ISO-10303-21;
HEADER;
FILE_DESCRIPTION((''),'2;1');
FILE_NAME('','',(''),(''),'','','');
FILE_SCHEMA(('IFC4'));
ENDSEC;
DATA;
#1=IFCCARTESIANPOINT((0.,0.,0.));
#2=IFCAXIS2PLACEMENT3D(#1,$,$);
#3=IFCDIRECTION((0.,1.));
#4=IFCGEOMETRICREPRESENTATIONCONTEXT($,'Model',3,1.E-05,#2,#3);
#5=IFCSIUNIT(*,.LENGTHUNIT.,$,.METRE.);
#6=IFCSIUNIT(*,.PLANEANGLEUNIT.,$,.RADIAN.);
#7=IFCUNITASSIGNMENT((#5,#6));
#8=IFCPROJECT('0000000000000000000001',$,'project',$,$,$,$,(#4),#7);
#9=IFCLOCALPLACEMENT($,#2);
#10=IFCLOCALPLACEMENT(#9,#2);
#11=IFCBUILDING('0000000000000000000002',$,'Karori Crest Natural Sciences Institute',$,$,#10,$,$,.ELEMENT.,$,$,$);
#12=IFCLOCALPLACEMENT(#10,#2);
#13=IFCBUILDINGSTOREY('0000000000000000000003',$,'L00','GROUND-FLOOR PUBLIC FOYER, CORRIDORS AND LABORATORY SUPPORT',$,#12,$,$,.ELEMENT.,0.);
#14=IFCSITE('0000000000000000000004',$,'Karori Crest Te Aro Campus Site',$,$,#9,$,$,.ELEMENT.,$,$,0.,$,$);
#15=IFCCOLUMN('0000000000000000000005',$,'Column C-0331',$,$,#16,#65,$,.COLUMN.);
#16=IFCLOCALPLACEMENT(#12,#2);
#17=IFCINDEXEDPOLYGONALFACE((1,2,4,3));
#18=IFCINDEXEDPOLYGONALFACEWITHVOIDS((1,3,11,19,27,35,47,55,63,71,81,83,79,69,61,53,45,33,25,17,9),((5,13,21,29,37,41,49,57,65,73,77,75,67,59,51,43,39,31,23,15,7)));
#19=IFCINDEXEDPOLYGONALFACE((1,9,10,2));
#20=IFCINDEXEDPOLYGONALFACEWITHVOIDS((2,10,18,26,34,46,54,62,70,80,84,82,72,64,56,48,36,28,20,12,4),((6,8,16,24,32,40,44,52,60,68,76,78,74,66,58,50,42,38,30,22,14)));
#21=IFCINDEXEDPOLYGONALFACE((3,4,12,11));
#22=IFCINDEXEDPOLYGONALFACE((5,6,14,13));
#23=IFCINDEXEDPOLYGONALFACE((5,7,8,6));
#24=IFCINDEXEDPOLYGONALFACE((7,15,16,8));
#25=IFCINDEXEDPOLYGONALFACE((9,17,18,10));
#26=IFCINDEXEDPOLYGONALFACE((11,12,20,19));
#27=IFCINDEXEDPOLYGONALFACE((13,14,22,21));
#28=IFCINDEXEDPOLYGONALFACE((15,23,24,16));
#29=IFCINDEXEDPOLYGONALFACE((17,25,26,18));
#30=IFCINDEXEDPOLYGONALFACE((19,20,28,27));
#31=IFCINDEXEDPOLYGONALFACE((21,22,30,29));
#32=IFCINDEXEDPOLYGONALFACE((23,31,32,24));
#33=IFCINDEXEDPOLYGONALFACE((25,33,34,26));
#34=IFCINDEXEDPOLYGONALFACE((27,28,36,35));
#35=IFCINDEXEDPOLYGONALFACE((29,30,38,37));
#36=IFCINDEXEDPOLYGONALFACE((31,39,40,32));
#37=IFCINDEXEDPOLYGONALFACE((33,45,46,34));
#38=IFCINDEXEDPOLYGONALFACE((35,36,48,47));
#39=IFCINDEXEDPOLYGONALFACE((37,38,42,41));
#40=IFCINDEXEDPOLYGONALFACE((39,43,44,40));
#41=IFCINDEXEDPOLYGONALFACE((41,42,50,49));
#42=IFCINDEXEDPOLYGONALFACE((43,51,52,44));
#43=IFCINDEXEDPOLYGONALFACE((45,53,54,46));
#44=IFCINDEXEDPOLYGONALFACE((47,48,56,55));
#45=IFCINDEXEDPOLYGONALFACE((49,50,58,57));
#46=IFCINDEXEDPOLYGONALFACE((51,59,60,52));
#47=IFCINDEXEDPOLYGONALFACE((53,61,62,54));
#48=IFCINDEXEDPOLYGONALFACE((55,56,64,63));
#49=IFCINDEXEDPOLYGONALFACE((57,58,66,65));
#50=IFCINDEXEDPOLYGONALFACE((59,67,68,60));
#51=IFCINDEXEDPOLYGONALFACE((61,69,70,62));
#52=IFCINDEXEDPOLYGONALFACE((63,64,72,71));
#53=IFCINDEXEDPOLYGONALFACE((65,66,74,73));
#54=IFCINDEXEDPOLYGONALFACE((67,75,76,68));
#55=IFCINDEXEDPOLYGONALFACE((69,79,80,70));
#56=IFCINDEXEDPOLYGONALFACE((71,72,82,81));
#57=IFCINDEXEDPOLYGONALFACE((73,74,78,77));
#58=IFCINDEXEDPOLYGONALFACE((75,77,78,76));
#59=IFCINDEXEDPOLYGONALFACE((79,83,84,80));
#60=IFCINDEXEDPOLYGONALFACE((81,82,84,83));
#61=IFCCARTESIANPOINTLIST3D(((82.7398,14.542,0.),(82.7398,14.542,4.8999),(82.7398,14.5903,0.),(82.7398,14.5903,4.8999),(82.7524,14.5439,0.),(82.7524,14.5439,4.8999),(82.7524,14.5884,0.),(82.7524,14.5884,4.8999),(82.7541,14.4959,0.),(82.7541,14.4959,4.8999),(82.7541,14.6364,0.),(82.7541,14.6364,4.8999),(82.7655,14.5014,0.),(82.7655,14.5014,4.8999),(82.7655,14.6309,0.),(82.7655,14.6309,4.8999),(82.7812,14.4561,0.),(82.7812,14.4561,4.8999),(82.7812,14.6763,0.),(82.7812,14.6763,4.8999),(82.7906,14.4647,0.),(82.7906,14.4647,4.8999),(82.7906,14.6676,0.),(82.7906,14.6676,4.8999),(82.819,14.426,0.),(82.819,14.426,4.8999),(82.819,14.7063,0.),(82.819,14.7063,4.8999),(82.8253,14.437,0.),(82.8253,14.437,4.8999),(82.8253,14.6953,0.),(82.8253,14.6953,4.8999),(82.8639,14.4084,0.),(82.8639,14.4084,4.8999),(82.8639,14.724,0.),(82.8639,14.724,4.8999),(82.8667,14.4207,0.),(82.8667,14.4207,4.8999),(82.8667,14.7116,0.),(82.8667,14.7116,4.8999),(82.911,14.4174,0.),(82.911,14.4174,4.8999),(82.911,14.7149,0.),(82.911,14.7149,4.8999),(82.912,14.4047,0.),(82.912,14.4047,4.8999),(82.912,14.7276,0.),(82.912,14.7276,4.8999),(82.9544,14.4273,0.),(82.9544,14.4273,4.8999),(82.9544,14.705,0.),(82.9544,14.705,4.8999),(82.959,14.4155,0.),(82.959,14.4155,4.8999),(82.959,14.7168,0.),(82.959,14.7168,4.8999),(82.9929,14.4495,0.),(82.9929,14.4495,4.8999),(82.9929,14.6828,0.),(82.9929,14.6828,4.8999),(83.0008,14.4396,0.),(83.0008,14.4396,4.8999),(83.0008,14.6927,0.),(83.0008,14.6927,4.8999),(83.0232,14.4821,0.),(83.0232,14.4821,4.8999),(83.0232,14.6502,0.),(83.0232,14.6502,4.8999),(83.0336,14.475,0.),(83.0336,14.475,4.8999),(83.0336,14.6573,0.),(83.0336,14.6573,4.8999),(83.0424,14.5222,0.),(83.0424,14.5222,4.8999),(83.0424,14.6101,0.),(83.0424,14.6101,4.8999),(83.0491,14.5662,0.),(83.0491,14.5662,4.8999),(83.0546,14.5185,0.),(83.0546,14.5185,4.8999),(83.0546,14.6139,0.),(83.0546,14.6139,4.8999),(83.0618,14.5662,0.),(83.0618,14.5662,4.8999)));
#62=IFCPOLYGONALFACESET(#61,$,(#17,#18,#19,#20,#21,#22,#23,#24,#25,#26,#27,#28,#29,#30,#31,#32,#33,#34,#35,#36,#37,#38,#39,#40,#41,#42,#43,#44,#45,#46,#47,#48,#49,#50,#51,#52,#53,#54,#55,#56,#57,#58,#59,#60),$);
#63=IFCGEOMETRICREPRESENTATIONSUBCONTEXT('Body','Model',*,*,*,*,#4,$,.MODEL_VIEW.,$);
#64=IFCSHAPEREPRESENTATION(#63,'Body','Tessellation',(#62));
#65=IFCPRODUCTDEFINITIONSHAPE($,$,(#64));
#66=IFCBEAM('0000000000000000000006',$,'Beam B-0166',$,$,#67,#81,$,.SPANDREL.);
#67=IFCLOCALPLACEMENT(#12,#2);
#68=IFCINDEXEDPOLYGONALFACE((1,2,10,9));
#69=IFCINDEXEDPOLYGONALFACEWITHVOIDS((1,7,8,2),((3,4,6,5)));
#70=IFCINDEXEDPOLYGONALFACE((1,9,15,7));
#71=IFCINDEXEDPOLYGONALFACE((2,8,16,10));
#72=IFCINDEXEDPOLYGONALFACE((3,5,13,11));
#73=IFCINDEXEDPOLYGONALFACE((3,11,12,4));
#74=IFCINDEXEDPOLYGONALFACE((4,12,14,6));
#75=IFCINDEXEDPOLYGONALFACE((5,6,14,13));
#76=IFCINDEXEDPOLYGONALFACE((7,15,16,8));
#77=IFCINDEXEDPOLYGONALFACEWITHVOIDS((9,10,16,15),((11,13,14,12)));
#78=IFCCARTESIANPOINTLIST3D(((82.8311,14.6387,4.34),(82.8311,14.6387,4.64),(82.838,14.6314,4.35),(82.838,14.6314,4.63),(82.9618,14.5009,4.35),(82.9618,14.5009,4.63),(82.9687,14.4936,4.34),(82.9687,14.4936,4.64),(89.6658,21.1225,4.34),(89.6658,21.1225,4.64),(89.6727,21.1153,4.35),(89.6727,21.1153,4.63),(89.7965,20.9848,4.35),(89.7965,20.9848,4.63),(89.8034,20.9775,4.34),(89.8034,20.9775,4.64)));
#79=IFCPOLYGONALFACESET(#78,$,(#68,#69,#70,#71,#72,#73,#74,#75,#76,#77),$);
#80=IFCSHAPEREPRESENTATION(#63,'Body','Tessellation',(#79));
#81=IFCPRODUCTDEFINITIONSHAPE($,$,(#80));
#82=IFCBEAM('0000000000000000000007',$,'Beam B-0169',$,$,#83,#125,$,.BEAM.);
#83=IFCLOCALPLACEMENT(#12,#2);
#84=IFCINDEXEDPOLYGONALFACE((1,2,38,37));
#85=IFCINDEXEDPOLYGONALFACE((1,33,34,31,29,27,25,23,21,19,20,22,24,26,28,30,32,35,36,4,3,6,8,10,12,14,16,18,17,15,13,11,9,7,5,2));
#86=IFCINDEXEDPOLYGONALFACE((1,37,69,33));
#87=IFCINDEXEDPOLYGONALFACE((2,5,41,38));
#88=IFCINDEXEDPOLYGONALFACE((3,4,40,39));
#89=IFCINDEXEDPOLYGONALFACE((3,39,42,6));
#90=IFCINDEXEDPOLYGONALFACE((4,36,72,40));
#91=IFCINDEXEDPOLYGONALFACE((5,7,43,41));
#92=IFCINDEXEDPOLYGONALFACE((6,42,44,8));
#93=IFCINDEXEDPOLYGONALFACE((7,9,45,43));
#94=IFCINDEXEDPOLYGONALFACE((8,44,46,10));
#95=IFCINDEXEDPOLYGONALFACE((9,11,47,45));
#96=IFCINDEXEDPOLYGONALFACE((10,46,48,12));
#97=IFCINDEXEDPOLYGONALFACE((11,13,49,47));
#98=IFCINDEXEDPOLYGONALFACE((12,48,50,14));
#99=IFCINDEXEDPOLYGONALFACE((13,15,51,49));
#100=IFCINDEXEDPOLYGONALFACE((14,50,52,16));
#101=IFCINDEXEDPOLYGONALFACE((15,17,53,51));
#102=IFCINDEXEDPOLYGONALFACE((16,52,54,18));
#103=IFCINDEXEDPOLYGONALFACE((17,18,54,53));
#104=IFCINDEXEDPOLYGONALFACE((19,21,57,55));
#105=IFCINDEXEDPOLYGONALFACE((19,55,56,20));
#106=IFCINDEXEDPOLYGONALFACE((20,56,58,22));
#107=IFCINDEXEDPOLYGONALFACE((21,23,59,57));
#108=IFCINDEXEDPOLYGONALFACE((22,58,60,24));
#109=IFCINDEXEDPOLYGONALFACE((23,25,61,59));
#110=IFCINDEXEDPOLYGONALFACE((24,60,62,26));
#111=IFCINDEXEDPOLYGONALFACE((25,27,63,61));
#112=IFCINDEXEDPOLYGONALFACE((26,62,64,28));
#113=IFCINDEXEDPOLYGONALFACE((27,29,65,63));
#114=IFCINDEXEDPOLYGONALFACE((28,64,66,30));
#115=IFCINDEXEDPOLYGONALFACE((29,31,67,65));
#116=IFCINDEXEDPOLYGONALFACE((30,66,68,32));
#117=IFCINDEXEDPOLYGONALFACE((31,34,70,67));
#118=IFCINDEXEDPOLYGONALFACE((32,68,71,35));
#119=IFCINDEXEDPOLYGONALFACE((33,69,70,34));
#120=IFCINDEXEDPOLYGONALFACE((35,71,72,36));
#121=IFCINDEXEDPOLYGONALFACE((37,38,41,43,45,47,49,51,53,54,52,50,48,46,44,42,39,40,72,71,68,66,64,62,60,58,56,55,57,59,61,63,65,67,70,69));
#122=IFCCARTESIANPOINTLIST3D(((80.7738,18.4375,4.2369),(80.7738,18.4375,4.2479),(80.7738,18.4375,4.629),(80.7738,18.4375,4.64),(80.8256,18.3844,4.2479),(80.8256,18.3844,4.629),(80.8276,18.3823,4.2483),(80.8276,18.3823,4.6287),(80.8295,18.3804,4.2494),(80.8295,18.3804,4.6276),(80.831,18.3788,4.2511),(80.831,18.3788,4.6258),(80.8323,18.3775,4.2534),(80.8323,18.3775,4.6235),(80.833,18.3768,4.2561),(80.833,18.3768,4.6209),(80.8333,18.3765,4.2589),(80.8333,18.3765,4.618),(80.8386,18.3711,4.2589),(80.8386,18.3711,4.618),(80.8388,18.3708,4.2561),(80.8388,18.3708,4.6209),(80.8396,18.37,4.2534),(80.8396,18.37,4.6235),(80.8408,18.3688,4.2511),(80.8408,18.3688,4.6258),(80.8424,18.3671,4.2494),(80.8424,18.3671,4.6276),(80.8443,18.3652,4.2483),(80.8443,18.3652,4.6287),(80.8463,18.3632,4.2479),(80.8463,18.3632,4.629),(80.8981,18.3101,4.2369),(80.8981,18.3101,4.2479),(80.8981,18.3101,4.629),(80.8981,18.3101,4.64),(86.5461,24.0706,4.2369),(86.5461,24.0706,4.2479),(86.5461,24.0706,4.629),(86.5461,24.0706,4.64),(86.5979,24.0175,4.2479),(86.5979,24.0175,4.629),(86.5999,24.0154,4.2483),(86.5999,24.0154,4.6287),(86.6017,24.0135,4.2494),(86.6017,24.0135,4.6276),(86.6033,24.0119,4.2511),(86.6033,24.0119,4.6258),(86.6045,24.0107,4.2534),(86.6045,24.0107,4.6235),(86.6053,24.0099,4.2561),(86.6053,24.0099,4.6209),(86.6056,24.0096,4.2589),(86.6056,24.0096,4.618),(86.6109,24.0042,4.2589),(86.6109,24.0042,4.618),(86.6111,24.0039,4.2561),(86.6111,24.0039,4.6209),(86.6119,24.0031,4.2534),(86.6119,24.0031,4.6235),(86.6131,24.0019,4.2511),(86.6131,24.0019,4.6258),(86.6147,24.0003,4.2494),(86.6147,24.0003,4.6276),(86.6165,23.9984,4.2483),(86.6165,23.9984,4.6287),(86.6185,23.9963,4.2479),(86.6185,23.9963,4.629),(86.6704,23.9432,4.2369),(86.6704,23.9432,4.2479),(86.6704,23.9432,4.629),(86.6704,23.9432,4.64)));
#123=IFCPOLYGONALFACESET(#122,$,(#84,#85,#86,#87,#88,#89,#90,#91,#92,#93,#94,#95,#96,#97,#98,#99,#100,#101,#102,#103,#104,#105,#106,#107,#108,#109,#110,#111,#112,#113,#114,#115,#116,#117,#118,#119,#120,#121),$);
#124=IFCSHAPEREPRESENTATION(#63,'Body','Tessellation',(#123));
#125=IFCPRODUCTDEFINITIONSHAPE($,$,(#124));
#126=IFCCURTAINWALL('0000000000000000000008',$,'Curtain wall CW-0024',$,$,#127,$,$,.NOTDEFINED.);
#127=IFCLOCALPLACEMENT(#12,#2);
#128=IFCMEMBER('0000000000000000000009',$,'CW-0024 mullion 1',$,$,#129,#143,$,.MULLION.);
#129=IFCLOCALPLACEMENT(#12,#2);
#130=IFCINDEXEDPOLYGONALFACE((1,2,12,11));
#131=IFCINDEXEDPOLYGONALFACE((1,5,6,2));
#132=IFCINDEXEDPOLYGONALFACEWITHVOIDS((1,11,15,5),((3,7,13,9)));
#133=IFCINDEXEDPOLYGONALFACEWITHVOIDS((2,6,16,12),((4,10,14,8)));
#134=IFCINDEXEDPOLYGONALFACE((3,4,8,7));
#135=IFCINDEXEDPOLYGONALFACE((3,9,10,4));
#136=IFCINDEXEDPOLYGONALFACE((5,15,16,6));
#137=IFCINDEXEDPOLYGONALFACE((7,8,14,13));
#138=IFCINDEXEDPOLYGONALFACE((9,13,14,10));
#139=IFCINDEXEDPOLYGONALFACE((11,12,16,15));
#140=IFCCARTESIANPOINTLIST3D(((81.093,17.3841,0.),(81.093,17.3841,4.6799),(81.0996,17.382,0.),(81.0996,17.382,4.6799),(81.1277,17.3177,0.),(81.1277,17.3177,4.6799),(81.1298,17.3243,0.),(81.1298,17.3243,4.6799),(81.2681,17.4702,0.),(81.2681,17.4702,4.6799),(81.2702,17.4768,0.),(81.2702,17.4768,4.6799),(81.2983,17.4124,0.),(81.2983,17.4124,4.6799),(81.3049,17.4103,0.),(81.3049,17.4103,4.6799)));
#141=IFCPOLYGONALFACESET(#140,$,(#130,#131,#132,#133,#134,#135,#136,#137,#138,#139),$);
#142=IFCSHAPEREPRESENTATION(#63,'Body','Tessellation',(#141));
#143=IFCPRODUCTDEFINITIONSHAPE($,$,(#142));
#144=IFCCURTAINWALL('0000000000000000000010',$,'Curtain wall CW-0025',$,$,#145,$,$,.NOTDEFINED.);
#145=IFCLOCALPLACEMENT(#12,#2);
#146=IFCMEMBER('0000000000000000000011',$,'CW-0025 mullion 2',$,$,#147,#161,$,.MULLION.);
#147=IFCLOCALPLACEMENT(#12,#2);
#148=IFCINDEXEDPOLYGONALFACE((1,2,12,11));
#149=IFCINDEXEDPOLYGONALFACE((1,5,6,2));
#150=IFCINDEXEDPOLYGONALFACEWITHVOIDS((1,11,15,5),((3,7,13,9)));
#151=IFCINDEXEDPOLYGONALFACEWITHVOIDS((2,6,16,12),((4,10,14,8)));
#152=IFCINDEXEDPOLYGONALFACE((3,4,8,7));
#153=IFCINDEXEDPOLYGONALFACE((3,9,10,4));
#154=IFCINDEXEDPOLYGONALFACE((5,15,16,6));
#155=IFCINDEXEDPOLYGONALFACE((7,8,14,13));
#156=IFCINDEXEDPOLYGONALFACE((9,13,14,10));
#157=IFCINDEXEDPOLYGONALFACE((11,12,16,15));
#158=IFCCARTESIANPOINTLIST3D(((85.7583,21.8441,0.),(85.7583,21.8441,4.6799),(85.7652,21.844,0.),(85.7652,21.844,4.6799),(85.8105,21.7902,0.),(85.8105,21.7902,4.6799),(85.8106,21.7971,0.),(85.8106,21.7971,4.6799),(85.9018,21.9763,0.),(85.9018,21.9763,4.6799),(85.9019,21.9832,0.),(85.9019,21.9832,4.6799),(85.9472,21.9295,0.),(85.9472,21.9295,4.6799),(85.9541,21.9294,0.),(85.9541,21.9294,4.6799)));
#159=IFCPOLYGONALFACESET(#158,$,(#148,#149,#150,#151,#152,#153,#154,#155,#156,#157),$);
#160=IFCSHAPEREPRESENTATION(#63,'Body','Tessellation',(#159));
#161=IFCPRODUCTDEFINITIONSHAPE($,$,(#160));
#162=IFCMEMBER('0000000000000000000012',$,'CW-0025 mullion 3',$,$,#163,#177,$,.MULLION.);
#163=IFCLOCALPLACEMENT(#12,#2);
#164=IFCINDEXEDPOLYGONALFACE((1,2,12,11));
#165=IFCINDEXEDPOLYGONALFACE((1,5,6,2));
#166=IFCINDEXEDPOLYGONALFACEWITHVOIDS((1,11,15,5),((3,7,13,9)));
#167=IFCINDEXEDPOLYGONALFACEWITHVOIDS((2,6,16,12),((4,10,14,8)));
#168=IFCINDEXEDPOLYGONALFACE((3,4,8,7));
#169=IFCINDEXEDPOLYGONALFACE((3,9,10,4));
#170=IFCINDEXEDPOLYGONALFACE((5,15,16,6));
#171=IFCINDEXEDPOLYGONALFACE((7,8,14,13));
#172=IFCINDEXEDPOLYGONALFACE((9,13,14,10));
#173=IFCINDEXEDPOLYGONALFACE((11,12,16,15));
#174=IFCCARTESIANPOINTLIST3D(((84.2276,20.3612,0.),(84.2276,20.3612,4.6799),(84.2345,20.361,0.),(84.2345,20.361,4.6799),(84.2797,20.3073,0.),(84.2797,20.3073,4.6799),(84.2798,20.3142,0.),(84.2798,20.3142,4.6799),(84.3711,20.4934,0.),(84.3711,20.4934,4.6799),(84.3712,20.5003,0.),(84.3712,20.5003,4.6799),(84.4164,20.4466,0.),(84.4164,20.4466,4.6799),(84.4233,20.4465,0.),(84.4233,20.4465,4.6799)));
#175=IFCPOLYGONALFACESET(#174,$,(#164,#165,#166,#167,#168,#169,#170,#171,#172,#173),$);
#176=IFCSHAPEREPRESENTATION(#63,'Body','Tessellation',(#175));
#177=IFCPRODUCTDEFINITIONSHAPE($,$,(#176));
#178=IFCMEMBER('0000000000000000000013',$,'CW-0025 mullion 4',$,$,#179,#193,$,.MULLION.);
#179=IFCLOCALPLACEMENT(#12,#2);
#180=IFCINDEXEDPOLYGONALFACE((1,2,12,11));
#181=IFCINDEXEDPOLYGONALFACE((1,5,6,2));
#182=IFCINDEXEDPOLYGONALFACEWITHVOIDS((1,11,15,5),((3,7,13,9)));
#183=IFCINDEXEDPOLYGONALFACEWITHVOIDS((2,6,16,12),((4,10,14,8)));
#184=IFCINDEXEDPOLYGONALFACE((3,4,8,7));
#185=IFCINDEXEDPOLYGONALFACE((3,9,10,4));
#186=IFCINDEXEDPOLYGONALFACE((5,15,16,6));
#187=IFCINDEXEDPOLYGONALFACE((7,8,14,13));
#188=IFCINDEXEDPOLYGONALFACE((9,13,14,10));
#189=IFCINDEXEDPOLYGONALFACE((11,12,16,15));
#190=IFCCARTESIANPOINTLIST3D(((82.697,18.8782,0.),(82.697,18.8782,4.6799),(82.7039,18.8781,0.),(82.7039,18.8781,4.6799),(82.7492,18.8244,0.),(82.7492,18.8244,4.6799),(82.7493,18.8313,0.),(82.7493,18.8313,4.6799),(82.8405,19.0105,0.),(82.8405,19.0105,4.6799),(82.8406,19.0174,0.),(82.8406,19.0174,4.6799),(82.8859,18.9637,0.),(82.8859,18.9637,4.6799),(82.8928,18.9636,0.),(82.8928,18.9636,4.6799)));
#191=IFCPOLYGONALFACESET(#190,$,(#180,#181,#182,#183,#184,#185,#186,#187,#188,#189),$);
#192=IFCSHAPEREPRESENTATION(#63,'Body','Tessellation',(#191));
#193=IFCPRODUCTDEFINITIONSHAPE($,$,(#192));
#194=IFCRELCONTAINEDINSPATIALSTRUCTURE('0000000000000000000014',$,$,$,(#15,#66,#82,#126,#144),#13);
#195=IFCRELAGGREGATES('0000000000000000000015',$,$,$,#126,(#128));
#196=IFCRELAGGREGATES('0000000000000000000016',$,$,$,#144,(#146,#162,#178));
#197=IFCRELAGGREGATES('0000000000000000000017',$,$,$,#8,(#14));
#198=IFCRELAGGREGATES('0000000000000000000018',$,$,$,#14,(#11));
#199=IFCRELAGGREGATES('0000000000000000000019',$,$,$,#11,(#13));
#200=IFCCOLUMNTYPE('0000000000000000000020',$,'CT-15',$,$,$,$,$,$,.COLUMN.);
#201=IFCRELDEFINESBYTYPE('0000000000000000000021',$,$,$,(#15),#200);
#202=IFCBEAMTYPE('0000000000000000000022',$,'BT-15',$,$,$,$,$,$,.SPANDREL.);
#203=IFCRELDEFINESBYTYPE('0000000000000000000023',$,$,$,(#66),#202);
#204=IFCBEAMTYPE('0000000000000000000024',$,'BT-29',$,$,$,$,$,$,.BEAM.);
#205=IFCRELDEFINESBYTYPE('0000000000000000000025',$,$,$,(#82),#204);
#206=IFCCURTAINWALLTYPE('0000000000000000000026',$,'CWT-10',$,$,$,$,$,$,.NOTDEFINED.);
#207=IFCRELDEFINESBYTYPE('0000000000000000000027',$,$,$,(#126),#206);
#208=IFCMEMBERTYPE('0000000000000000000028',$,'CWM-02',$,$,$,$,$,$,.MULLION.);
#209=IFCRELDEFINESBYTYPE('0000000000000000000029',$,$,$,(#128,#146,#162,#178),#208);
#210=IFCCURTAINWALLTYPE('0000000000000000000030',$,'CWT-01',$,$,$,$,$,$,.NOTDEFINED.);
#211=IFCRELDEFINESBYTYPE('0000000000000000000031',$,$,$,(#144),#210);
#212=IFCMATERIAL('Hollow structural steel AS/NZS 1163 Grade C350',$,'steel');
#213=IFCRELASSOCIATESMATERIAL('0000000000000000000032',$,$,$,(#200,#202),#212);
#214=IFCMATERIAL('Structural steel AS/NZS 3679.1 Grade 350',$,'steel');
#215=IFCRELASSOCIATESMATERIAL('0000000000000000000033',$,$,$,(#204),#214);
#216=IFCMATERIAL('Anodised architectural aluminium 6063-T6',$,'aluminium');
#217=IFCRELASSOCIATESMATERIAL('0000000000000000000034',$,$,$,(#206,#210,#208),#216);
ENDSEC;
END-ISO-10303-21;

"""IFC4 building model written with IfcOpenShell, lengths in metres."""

from ifc_helpers import new_model, si_unit, direction, frame, origin, origin_2d, place, context, subcontext, project, spatial, hollow_rectangle, hollow_circle, i_section, extrude, material, material_profile, profile_set, type_object, element, aggregate, save


model = new_model("IFC4")

# Units and contexts
model_context = context("Model", 3, precision=1e-05, world=origin(), true_north=direction((0.0, 1.0)))
body_context = subcontext(model_context, "Body", "Model", "MODEL_VIEW")
ifc_project = project(units=[si_unit("LENGTHUNIT", "METRE"), si_unit("PLANEANGLEUNIT", "RADIAN")], contexts=[model_context])

# Site, building, storey
site_placement = place(None, origin())
site = spatial("IfcSite", under=ifc_project, at=site_placement, Name="Karori Crest Te Aro Campus Site", CompositionType="ELEMENT", RefElevation=0.0)
building_placement = place(site_placement, origin())
building = spatial("IfcBuilding", under=site, at=building_placement, Name="Karori Crest Natural Sciences Institute", CompositionType="ELEMENT")
storey_placement = place(building_placement, origin())
storey = spatial("IfcBuildingStorey", under=building, at=storey_placement, Name="L00", Description="GROUND-FLOOR PUBLIC FOYER, CORRIDORS AND LABORATORY SUPPORT", CompositionType="ELEMENT", Elevation=0.0)

# Column
ifc_material_1 = material(Name="Hollow structural steel AS/NZS 1163 Grade C350", Category="steel")
ifc_material_profile_1 = material_profile(ifc_material_1, hollow_circle(Radius=0.1619, WallThickness=0.0127, at=origin_2d()), Name="CHS323.9x12.7")
ifc_profile_set_1 = profile_set([ifc_material_profile_1], Name="Hollow structural steel AS/NZS 1163 Grade C350")
column_type = type_object("IfcColumnType", Name="CT-15", PredefinedType="COLUMN", material=ifc_profile_set_1)
column_placement = place(storey_placement, frame((82.8999, 14.5662, 0.0), z_axis=(0.0, 0.0, 1.0), x_axis=(1.0, 0.0, 0.0)))
element("IfcColumn", 1, at=column_placement, inside=storey, type_object=column_type, Name="Column C-0331", PredefinedType="COLUMN", context=body_context, shape_type="SweptSolid", body=[
    extrude(hollow_circle(Radius=0.1619, WallThickness=0.0127, at=origin_2d()), origin(), (0.0, 0.0, 1.0), 4.8999),
])

# Beams
ifc_material_profile_2 = material_profile(ifc_material_1, hollow_rectangle(XDim=0.2, YDim=0.3, WallThickness=0.01, at=origin_2d()), Name="RHS300x200x10")
ifc_profile_set_2 = profile_set([ifc_material_profile_2], Name="Hollow structural steel AS/NZS 1163 Grade C350")
beam_type_1 = type_object("IfcBeamType", Name="BT-15", PredefinedType="SPANDREL", material=ifc_profile_set_2)
beam_1_placement = place(storey_placement, frame((82.8999, 14.5662, 4.49), z_axis=(0.725481, 0.688242, 0.0), x_axis=(-0.688242, 0.725481, 0.0)))
element("IfcBeam", 2, at=beam_1_placement, inside=storey, type_object=beam_type_1, Name="Beam B-0166", PredefinedType="SPANDREL", context=body_context, shape_type="SweptSolid", body=[
    extrude(hollow_rectangle(XDim=0.2, YDim=0.3, WallThickness=0.01, at=origin_2d()), origin(), (0.0, 0.0, 1.0), 9.4209),
])
ifc_material_2 = material(Name="Structural steel AS/NZS 3679.1 Grade 350", Category="steel")
ifc_material_profile_3 = material_profile(ifc_material_2, i_section(OverallWidth=0.178, OverallDepth=0.4031, WebThickness=0.0076, FlangeThickness=0.011, FilletRadius=0.011, at=origin_2d()), Name="410UB53.7")
ifc_profile_set_3 = profile_set([ifc_material_profile_3], Name="Structural steel AS/NZS 3679.1 Grade 350")
beam_type_2 = type_object("IfcBeamType", Name="BT-29", PredefinedType="BEAM", material=ifc_profile_set_3)
beam_2_placement = place(storey_placement, frame((80.8359, 18.3738, 4.4385), z_axis=(0.715681, 0.698427, 0.0), x_axis=(-0.698427, 0.715681, 0.0)))
element("IfcBeam", 3, at=beam_2_placement, inside=storey, type_object=beam_type_2, Name="Beam B-0169", PredefinedType="BEAM", context=body_context, shape_type="SweptSolid", body=[
    extrude(i_section(OverallWidth=0.178, OverallDepth=0.4031, WebThickness=0.0076, FlangeThickness=0.011, FilletRadius=0.011, at=origin_2d()), origin(), (0.0, 0.0, 1.0), 8.0654),
])

# Curtain wall, member
ifc_material_3 = material(Name="Anodised architectural aluminium 6063-T6", Category="aluminium")
curtain_wall_type_1 = type_object("IfcCurtainWallType", Name="CWT-10", PredefinedType="NOTDEFINED", material=ifc_material_3)
curtain_wall_1_placement = place(storey_placement, origin())
curtain_wall_1 = element("IfcCurtainWall", 4, at=curtain_wall_1_placement, inside=storey, type_object=curtain_wall_type_1, Name="Curtain wall CW-0024", PredefinedType="NOTDEFINED")
ifc_material_profile_4 = material_profile(ifc_material_3, hollow_rectangle(XDim=0.075, YDim=0.2, WallThickness=0.0049, at=origin_2d()), Name="CWM200x75x5")
ifc_profile_set_4 = profile_set([ifc_material_profile_4], Name="Anodised architectural aluminium 6063-T6")
member_type_1 = type_object("IfcMemberType", Name="CWM-02", PredefinedType="MULLION", material=ifc_profile_set_4)
member_1_placement = place(storey_placement, frame((81.199, 17.3972, 0.0), z_axis=(0.0, 0.0, 1.0), x_axis=(0.463426, -0.886136, 0.0)))
member_1 = element("IfcMember", 5, at=member_1_placement, type_object=member_type_1, Name="CW-0024 mullion 1", PredefinedType="MULLION", context=body_context, shape_type="SweptSolid", body=[
    extrude(hollow_rectangle(XDim=0.075, YDim=0.2, WallThickness=0.0049, at=origin_2d()), origin(), (0.0, 0.0, 1.0), 4.6799),
])

# Curtain wall, members
curtain_wall_type_2 = type_object("IfcCurtainWallType", Name="CWT-01", PredefinedType="NOTDEFINED", material=ifc_material_3)
curtain_wall_2_placement = place(storey_placement, origin())
curtain_wall_2 = element("IfcCurtainWall", 6, at=curtain_wall_2_placement, inside=storey, type_object=curtain_wall_type_2, Name="Curtain wall CW-0025", PredefinedType="NOTDEFINED")
member_2_placement = place(storey_placement, frame((85.8562, 21.8867, 0.0), z_axis=(0.0, 0.0, 1.0), x_axis=(0.695839, -0.718198, 0.0)))
member_2 = element("IfcMember", 7, at=member_2_placement, type_object=member_type_1, Name="CW-0025 mullion 2", PredefinedType="MULLION", context=body_context, shape_type="SweptSolid", body=[
    extrude(hollow_rectangle(XDim=0.075, YDim=0.2, WallThickness=0.0049, at=origin_2d()), origin(), (0.0, 0.0, 1.0), 4.6799),
])
member_3_placement = place(storey_placement, frame((84.3254, 20.4038, 0.0), z_axis=(0.0, 0.0, 1.0), x_axis=(0.695839, -0.718198, 0.0)))
member_3 = element("IfcMember", 8, at=member_3_placement, type_object=member_type_1, Name="CW-0025 mullion 3", PredefinedType="MULLION", context=body_context, shape_type="SweptSolid", body=[
    extrude(hollow_rectangle(XDim=0.075, YDim=0.2, WallThickness=0.0049, at=origin_2d()), origin(), (0.0, 0.0, 1.0), 4.6799),
])
member_4_placement = place(storey_placement, frame((82.7949, 18.9209, 0.0), z_axis=(0.0, 0.0, 1.0), x_axis=(0.695839, -0.718198, 0.0)))
member_4 = element("IfcMember", 9, at=member_4_placement, type_object=member_type_1, Name="CW-0025 mullion 4", PredefinedType="MULLION", context=body_context, shape_type="SweptSolid", body=[
    extrude(hollow_rectangle(XDim=0.075, YDim=0.2, WallThickness=0.0049, at=origin_2d()), origin(), (0.0, 0.0, 1.0), 4.6799),
])

aggregate(curtain_wall_1, [member_1])
aggregate(curtain_wall_2, [member_2, member_3, member_4])

save(model, "model.ifc")
